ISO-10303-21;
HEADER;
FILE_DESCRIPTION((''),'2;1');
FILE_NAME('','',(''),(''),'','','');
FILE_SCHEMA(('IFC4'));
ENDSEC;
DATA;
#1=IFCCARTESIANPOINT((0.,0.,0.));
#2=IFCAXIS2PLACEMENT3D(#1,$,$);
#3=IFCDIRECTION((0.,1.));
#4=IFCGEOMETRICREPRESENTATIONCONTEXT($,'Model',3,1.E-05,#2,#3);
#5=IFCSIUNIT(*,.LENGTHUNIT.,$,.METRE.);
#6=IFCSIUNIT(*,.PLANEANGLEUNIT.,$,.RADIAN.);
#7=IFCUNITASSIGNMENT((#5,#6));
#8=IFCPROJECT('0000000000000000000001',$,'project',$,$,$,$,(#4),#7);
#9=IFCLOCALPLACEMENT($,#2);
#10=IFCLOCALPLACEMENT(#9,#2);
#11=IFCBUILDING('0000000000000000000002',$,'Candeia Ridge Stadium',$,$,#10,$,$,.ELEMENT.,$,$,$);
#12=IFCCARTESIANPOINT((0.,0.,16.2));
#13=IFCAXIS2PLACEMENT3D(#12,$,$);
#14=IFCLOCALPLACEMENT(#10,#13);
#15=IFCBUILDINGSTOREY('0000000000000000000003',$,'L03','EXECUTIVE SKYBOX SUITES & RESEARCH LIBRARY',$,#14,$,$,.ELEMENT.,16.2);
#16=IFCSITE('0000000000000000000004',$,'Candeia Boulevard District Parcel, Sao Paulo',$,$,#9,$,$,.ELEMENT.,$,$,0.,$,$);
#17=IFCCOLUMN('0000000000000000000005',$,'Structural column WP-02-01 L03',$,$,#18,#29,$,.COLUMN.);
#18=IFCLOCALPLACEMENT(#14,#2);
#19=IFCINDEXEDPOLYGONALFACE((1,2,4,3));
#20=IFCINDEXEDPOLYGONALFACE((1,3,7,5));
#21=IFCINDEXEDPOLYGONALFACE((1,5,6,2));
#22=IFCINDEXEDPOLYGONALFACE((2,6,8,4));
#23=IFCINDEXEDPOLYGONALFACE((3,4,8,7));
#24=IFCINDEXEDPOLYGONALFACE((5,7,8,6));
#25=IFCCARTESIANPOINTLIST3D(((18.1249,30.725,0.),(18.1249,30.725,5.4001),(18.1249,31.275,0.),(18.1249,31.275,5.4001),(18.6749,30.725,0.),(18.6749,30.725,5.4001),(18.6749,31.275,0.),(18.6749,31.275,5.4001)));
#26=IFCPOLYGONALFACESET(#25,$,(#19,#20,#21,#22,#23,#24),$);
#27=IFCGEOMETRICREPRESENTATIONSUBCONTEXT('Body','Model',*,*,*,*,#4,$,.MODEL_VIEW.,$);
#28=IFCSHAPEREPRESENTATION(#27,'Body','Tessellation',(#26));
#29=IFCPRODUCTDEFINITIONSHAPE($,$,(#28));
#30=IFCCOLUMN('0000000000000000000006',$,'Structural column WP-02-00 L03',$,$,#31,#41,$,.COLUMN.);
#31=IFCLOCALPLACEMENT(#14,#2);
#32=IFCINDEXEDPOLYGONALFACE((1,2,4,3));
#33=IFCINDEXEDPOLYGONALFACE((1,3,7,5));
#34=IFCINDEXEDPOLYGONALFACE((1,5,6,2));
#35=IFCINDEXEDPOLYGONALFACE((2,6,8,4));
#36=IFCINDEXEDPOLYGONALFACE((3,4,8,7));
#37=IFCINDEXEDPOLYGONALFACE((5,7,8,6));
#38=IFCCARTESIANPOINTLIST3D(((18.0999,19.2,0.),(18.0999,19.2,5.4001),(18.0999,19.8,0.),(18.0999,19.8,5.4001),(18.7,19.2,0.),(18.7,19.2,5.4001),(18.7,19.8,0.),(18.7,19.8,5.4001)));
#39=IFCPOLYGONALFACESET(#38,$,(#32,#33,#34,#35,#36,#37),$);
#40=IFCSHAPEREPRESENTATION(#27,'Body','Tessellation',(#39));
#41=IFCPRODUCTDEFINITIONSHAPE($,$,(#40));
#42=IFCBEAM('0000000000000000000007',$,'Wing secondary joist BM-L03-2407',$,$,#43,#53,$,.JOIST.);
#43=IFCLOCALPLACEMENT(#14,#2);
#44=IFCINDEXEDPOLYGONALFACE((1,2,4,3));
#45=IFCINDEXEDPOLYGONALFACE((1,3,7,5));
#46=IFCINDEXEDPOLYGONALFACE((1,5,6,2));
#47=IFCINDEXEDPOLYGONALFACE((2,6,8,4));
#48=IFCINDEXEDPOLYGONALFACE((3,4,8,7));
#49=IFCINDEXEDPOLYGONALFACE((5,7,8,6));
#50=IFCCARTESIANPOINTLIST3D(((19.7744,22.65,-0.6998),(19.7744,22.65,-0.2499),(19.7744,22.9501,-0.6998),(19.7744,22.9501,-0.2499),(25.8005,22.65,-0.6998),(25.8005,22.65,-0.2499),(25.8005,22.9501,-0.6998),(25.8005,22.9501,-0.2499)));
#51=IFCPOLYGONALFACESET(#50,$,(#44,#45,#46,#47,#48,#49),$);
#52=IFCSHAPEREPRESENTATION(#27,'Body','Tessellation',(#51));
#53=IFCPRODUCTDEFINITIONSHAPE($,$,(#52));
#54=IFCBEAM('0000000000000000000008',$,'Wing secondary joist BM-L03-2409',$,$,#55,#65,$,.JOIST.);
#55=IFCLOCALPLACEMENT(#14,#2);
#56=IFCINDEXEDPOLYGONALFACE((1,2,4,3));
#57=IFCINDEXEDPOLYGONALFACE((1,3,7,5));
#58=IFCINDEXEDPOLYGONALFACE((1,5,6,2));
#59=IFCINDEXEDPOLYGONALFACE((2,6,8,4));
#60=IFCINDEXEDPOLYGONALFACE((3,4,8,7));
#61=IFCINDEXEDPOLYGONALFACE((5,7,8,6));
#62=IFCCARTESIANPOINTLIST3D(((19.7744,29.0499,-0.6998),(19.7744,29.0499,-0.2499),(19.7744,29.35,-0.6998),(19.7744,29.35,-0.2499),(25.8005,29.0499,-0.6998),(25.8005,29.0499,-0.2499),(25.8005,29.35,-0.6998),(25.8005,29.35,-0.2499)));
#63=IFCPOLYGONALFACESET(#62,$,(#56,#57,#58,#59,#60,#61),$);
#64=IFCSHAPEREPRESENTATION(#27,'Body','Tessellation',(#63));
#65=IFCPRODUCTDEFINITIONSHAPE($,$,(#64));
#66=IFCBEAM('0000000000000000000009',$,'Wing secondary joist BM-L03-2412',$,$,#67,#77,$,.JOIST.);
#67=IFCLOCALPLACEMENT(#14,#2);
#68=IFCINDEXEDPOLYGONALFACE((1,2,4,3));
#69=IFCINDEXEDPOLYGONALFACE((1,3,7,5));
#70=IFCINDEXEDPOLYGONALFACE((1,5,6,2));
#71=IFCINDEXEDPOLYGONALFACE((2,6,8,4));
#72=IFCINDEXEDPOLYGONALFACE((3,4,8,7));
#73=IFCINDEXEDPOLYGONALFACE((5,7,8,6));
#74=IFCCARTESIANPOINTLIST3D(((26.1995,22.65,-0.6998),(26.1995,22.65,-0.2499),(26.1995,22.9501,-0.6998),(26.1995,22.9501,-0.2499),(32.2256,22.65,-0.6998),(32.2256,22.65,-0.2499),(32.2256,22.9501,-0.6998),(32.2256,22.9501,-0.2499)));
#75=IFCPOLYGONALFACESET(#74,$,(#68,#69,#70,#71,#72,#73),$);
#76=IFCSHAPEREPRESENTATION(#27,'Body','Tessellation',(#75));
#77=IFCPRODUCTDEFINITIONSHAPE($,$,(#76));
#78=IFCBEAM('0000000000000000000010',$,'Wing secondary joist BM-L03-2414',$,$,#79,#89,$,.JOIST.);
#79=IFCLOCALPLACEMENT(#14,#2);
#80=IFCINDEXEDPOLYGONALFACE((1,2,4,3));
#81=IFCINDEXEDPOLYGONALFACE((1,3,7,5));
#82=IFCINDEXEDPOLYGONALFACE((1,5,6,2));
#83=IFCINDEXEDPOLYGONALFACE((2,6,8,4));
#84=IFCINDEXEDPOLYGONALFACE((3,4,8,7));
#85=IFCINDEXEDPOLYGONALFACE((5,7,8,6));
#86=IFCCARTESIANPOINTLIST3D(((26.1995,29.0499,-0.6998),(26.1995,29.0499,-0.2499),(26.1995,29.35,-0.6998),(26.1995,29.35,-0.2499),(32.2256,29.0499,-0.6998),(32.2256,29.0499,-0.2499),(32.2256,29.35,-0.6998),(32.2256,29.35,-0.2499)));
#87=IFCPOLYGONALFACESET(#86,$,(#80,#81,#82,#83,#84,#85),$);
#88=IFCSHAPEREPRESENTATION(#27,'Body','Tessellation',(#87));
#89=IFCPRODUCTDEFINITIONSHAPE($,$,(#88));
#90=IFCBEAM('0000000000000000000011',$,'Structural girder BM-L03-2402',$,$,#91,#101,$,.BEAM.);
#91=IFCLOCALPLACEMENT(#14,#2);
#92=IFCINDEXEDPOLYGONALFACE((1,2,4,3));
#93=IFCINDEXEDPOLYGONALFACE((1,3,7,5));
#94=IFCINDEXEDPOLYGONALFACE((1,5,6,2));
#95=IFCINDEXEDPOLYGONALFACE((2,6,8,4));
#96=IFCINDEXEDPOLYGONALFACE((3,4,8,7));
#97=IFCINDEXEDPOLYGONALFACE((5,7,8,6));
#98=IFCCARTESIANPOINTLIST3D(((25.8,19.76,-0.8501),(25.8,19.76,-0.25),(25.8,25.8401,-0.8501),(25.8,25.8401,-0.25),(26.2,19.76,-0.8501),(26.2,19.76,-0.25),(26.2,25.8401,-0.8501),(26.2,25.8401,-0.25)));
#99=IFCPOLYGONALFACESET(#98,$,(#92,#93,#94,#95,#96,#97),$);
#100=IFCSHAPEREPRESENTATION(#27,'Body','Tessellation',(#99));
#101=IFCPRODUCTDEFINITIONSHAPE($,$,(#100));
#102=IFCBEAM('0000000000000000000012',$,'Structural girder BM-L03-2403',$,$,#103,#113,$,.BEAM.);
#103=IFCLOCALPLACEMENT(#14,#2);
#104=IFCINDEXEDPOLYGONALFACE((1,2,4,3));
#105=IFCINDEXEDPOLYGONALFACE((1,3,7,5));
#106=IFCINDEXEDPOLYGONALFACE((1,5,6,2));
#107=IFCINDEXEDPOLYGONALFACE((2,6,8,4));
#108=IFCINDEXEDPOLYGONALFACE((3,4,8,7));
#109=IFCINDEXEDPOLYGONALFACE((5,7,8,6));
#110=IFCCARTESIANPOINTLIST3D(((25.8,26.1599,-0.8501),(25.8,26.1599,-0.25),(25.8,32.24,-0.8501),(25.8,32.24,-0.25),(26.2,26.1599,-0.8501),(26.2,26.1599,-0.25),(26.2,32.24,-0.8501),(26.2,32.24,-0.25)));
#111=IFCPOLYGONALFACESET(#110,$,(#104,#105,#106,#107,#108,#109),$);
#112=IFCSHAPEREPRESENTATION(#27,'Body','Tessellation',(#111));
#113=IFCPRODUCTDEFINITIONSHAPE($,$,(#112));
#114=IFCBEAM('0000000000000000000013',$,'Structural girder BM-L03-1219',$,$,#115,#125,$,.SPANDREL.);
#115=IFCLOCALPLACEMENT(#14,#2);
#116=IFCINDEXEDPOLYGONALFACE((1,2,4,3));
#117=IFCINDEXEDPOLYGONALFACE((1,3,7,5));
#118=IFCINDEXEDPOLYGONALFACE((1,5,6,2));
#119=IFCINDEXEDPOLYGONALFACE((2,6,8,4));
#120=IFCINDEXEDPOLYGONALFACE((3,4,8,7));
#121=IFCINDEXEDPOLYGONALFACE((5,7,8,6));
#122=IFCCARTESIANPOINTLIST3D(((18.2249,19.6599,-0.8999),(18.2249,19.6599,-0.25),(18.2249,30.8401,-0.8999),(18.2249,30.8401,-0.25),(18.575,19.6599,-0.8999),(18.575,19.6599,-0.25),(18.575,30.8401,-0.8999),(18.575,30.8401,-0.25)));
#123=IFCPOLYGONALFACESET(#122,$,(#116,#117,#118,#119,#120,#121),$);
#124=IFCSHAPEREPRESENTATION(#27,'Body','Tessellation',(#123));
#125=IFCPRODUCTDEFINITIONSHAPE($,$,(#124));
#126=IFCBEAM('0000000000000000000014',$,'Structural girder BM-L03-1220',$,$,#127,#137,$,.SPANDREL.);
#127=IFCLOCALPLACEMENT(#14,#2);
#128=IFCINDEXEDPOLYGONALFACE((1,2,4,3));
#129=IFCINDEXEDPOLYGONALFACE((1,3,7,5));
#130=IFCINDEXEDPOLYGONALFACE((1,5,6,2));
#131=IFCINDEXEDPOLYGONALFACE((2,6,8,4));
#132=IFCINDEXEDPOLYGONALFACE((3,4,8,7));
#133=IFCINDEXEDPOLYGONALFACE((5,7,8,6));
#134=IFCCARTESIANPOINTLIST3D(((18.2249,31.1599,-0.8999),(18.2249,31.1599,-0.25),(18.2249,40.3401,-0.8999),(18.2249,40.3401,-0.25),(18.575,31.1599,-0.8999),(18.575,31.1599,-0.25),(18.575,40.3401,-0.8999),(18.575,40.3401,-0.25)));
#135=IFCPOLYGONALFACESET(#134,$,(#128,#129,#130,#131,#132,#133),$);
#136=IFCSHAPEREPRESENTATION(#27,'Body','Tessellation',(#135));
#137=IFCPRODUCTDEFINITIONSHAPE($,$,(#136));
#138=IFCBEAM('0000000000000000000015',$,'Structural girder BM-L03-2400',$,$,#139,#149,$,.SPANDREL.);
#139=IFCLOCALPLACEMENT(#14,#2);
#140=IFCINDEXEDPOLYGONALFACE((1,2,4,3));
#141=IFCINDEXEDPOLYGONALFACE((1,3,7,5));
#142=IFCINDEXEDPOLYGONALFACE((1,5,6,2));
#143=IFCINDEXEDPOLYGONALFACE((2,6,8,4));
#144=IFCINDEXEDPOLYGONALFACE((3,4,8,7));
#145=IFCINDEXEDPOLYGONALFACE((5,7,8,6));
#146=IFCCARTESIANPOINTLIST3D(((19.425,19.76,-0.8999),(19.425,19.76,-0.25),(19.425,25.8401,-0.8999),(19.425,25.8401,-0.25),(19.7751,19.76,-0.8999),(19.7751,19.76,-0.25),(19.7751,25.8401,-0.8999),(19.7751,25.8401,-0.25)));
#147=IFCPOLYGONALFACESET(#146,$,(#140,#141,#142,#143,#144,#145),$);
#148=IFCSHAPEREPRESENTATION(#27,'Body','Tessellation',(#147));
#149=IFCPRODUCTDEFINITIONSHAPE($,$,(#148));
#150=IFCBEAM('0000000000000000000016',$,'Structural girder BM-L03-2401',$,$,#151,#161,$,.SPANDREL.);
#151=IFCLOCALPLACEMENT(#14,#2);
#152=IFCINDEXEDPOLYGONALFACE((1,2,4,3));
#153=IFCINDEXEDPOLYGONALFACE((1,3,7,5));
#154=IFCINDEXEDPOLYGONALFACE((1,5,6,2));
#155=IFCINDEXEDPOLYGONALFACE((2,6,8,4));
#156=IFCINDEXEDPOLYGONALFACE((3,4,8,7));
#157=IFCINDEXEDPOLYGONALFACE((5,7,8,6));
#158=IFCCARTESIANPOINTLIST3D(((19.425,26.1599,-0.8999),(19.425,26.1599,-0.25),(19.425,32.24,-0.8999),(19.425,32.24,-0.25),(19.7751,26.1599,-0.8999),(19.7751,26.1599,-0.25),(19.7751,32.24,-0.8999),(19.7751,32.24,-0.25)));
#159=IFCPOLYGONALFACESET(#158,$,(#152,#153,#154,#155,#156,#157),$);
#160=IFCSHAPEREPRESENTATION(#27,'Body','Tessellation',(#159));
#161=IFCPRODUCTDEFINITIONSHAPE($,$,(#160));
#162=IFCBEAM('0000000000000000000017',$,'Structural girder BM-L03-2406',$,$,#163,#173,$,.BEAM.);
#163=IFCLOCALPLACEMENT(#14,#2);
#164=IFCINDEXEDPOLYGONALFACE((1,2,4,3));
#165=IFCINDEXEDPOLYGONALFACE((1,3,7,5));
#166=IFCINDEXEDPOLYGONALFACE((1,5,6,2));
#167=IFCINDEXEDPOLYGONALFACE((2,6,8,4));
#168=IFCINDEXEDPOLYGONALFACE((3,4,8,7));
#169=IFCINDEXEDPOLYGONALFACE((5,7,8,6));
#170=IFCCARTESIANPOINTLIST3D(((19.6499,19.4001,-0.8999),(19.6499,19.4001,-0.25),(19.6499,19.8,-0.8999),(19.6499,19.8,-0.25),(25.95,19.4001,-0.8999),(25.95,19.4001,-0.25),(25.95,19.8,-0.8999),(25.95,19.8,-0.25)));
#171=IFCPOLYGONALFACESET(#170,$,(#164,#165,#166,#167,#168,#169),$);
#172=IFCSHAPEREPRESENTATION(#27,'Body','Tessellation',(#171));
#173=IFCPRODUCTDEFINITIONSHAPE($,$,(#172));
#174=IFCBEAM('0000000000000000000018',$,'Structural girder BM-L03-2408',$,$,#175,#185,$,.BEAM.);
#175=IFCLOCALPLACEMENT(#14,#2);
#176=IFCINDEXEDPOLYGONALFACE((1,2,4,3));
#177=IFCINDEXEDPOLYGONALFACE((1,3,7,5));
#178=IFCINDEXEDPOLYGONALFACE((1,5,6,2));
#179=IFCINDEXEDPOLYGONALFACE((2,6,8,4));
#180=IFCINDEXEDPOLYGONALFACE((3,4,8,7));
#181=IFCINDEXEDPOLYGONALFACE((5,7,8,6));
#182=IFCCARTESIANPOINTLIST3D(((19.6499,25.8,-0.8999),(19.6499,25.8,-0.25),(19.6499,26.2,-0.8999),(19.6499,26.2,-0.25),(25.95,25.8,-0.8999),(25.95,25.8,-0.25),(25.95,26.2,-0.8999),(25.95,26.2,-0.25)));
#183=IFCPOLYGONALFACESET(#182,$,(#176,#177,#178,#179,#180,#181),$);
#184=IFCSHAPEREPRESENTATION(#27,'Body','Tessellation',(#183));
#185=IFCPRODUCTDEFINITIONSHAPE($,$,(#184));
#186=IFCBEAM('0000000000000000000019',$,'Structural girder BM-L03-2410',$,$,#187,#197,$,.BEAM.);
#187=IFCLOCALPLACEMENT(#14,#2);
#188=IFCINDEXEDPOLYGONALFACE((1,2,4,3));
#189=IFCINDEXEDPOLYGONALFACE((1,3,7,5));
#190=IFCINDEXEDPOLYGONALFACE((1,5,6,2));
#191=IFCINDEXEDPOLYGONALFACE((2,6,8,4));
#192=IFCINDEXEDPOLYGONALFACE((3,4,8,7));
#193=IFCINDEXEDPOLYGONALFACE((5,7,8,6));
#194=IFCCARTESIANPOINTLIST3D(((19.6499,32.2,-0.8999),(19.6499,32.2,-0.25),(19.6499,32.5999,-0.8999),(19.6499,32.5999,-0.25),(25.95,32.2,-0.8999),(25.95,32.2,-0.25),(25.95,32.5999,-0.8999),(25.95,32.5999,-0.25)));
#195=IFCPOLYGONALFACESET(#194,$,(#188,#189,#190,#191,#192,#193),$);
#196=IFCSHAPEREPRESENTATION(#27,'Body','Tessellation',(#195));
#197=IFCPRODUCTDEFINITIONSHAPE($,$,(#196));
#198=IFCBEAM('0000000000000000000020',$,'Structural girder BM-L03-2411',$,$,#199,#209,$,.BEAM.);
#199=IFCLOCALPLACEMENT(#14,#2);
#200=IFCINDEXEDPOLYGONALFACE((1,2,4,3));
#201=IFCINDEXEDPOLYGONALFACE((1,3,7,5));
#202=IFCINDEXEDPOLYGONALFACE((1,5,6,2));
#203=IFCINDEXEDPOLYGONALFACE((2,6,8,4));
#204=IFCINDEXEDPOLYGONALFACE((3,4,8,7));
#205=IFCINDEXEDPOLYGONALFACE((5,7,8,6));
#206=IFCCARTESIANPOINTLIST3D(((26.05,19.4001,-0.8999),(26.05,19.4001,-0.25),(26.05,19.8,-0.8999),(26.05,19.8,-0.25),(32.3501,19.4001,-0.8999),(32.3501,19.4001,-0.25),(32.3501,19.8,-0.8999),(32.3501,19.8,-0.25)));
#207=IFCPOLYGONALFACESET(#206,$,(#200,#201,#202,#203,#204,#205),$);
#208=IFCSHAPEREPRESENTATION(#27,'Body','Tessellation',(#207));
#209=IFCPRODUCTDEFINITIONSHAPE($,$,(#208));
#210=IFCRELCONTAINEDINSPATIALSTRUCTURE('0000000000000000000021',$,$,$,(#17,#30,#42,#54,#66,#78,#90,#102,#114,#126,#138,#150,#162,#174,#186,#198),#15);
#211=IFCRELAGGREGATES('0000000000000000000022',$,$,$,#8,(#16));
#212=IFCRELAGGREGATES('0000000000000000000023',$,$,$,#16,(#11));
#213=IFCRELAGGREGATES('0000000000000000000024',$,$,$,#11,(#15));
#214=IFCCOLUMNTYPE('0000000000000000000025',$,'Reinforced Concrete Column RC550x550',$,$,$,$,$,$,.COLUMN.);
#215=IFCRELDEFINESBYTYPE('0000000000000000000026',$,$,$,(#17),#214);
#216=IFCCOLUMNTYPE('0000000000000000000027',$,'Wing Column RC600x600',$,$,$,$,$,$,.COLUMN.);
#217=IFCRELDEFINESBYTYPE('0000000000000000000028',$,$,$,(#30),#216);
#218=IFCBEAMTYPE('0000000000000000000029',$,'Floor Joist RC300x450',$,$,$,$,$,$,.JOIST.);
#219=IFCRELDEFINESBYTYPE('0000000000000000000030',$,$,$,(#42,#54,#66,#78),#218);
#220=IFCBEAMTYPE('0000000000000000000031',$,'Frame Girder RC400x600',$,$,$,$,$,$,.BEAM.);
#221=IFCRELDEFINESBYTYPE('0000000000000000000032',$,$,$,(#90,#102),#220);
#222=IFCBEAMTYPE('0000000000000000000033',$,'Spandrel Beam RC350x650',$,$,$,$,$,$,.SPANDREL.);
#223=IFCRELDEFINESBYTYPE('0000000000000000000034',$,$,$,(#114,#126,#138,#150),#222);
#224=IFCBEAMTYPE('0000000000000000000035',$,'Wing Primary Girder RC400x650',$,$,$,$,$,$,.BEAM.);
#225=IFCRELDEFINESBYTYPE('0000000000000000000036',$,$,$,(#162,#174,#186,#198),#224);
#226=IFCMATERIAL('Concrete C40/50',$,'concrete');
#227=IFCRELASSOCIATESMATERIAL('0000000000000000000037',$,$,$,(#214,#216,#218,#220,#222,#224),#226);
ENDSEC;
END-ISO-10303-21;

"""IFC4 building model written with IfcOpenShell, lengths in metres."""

from ifc_helpers import new_model, si_unit, direction, frame, origin, origin_2d, place, context, subcontext, project, spatial, rectangle, extrude, material, material_profile, profile_set, type_object, element, save


model = new_model("IFC4")

# Units and contexts
model_context = context("Model", 3, precision=1e-05, world=origin(), true_north=direction((0.0, 1.0)))
body_context = subcontext(model_context, "Body", "Model", "MODEL_VIEW")
ifc_project = project(units=[si_unit("LENGTHUNIT", "METRE"), si_unit("PLANEANGLEUNIT", "RADIAN")], contexts=[model_context])

# Site, building, storey
site_placement = place(None, origin())
site = spatial("IfcSite", under=ifc_project, at=site_placement, Name="Candeia Boulevard District Parcel, Sao Paulo", CompositionType="ELEMENT", RefElevation=0.0)
building_placement = place(site_placement, origin())
building = spatial("IfcBuilding", under=site, at=building_placement, Name="Candeia Ridge Stadium", CompositionType="ELEMENT")
storey_placement = place(building_placement, frame((0.0, 0.0, 16.2)))
storey = spatial("IfcBuildingStorey", under=building, at=storey_placement, Name="L03", Description="EXECUTIVE SKYBOX SUITES & RESEARCH LIBRARY", CompositionType="ELEMENT", Elevation=16.2)

# Columns
ifc_material_1 = material(Name="Concrete C40/50", Category="concrete")
ifc_material_profile_1 = material_profile(ifc_material_1, rectangle(XDim=0.55, YDim=0.55, at=origin_2d()), Name="RC550x550", Category="concrete")
ifc_profile_set_1 = profile_set([ifc_material_profile_1], Name="Concrete C40/50")
column_type_1 = type_object("IfcColumnType", Name="Reinforced Concrete Column RC550x550", PredefinedType="COLUMN", material=ifc_profile_set_1)
column_1_placement = place(storey_placement, frame((18.3999, 31.0, 0.0), z_axis=(0.0, 0.0, 1.0), x_axis=(1.0, 0.0, 0.0)))
element("IfcColumn", 1, at=column_1_placement, inside=storey, type_object=column_type_1, Name="Structural column WP-02-01 L03", PredefinedType="COLUMN", context=body_context, shape_type="SweptSolid", body=[
    extrude(rectangle(XDim=0.55, YDim=0.55, at=origin_2d()), origin(), (0.0, 0.0, 1.0), 5.4001),
])
ifc_material_profile_2 = material_profile(ifc_material_1, rectangle(XDim=0.6001, YDim=0.6001, at=origin_2d()), Name="RC600x600", Category="concrete")
ifc_profile_set_2 = profile_set([ifc_material_profile_2], Name="Concrete C40/50")
column_type_2 = type_object("IfcColumnType", Name="Wing Column RC600x600", PredefinedType="COLUMN", material=ifc_profile_set_2)
column_2_placement = place(storey_placement, frame((18.3999, 19.5, 0.0), z_axis=(0.0, 0.0, 1.0), x_axis=(1.0, 0.0, 0.0)))
element("IfcColumn", 2, at=column_2_placement, inside=storey, type_object=column_type_2, Name="Structural column WP-02-00 L03", PredefinedType="COLUMN", context=body_context, shape_type="SweptSolid", body=[
    extrude(rectangle(XDim=0.6001, YDim=0.6001, at=origin_2d()), origin(), (0.0, 0.0, 1.0), 5.4001),
])

# Beams
ifc_material_profile_3 = material_profile(ifc_material_1, rectangle(XDim=0.3, YDim=0.45, at=origin_2d()), Name="RC300x450", Category="concrete")
ifc_profile_set_3 = profile_set([ifc_material_profile_3], Name="Concrete C40/50")
beam_type_1 = type_object("IfcBeamType", Name="Floor Joist RC300x450", PredefinedType="JOIST", material=ifc_profile_set_3)
for number, where, z_axis, x_axis, name in (
    (3, (19.7744, 22.8, -0.4749), (1.0, 0.0, 0.0), (0.0, 1.0, 0.0), "Wing secondary joist BM-L03-2407"),
    (4, (19.7744, 29.2, -0.4749), (1.0, 0.0, 0.0), (0.0, 1.0, 0.0), "Wing secondary joist BM-L03-2409"),
    (5, (26.1995, 22.8, -0.4749), (1.0, 0.0, 0.0), (0.0, 1.0, 0.0), "Wing secondary joist BM-L03-2412"),
    (6, (26.1995, 29.2, -0.4749), (1.0, 0.0, 0.0), (0.0, 1.0, 0.0), "Wing secondary joist BM-L03-2414"),
):
    element("IfcBeam", number, at=place(storey_placement, frame(where, z_axis=z_axis, x_axis=x_axis)), inside=storey, type_object=beam_type_1, Name=name, PredefinedType="JOIST", context=body_context, shape_type="SweptSolid", body=[
        extrude(rectangle(XDim=0.3, YDim=0.45, at=origin_2d()), origin(), (0.0, 0.0, 1.0), 6.0261),
    ])
ifc_material_profile_4 = material_profile(ifc_material_1, rectangle(XDim=0.3999, YDim=0.6001, at=origin_2d()), Name="RC400x600", Category="concrete")
ifc_profile_set_4 = profile_set([ifc_material_profile_4], Name="Concrete C40/50")
beam_type_2 = type_object("IfcBeamType", Name="Frame Girder RC400x600", PredefinedType="BEAM", material=ifc_profile_set_4)
for number, where, z_axis, x_axis, name in (
    (7, (26.0, 19.76, -0.55), (0.0, 1.0, 0.0), (-1.0, 0.0, 0.0), "Structural girder BM-L03-2402"),
    (8, (26.0, 26.1599, -0.55), (0.0, 1.0, 0.0), (-1.0, 0.0, 0.0), "Structural girder BM-L03-2403"),
):
    element("IfcBeam", number, at=place(storey_placement, frame(where, z_axis=z_axis, x_axis=x_axis)), inside=storey, type_object=beam_type_2, Name=name, PredefinedType="BEAM", context=body_context, shape_type="SweptSolid", body=[
        extrude(rectangle(XDim=0.3999, YDim=0.6001, at=origin_2d()), origin(), (0.0, 0.0, 1.0), 6.0801),
    ])
ifc_material_profile_5 = material_profile(ifc_material_1, rectangle(XDim=0.3501, YDim=0.6499, at=origin_2d()), Name="RC350x650", Category="concrete")
ifc_profile_set_5 = profile_set([ifc_material_profile_5], Name="Concrete C40/50")
beam_type_3 = type_object("IfcBeamType", Name="Spandrel Beam RC350x650", PredefinedType="SPANDREL", material=ifc_profile_set_5)
beam_1_placement = place(storey_placement, frame((18.3999, 19.6599, -0.575), z_axis=(0.0, 1.0, 0.0), x_axis=(-1.0, 0.0, 0.0)))
element("IfcBeam", 9, at=beam_1_placement, inside=storey, type_object=beam_type_3, Name="Structural girder BM-L03-1219", PredefinedType="SPANDREL", context=body_context, shape_type="SweptSolid", body=[
    extrude(rectangle(XDim=0.3501, YDim=0.6499, at=origin_2d()), origin(), (0.0, 0.0, 1.0), 11.1802),
])
beam_2_placement = place(storey_placement, frame((18.3999, 31.1599, -0.575), z_axis=(0.0, 1.0, 0.0), x_axis=(-1.0, 0.0, 0.0)))
element("IfcBeam", 10, at=beam_2_placement, inside=storey, type_object=beam_type_3, Name="Structural girder BM-L03-1220", PredefinedType="SPANDREL", context=body_context, shape_type="SweptSolid", body=[
    extrude(rectangle(XDim=0.3501, YDim=0.6499, at=origin_2d()), origin(), (0.0, 0.0, 1.0), 9.1802),
])
for number, where, z_axis, x_axis, name in (
    (11, (19.6001, 19.76, -0.575), (0.0, 1.0, 0.0), (-1.0, 0.0, 0.0), "Structural girder BM-L03-2400"),
    (12, (19.6001, 26.1599, -0.575), (0.0, 1.0, 0.0), (-1.0, 0.0, 0.0), "Structural girder BM-L03-2401"),
):
    element("IfcBeam", number, at=place(storey_placement, frame(where, z_axis=z_axis, x_axis=x_axis)), inside=storey, type_object=beam_type_3, Name=name, PredefinedType="SPANDREL", context=body_context, shape_type="SweptSolid", body=[
        extrude(rectangle(XDim=0.3501, YDim=0.6499, at=origin_2d()), origin(), (0.0, 0.0, 1.0), 6.0801),
    ])
ifc_material_profile_6 = material_profile(ifc_material_1, rectangle(XDim=0.3999, YDim=0.6499, at=origin_2d()), Name="RC400x650", Category="concrete")
ifc_profile_set_6 = profile_set([ifc_material_profile_6], Name="Concrete C40/50")
beam_type_4 = type_object("IfcBeamType", Name="Wing Primary Girder RC400x650", PredefinedType="BEAM", material=ifc_profile_set_6)
for number, where, z_axis, x_axis, name in (
    (13, (19.6499, 19.6001, -0.575), (1.0, 0.0, 0.0), (0.0, 1.0, 0.0), "Structural girder BM-L03-2406"),
    (14, (19.6499, 26.0, -0.575), (1.0, 0.0, 0.0), (0.0, 1.0, 0.0), "Structural girder BM-L03-2408"),
    (15, (19.6499, 32.3999, -0.575), (1.0, 0.0, 0.0), (0.0, 1.0, 0.0), "Structural girder BM-L03-2410"),
    (16, (26.05, 19.6001, -0.575), (1.0, 0.0, 0.0), (0.0, 1.0, 0.0), "Structural girder BM-L03-2411"),
):
    element("IfcBeam", number, at=place(storey_placement, frame(where, z_axis=z_axis, x_axis=x_axis)), inside=storey, type_object=beam_type_4, Name=name, PredefinedType="BEAM", context=body_context, shape_type="SweptSolid", body=[
        extrude(rectangle(XDim=0.3999, YDim=0.6499, at=origin_2d()), origin(), (0.0, 0.0, 1.0), 6.3),
    ])

save(model, "model.ifc")
